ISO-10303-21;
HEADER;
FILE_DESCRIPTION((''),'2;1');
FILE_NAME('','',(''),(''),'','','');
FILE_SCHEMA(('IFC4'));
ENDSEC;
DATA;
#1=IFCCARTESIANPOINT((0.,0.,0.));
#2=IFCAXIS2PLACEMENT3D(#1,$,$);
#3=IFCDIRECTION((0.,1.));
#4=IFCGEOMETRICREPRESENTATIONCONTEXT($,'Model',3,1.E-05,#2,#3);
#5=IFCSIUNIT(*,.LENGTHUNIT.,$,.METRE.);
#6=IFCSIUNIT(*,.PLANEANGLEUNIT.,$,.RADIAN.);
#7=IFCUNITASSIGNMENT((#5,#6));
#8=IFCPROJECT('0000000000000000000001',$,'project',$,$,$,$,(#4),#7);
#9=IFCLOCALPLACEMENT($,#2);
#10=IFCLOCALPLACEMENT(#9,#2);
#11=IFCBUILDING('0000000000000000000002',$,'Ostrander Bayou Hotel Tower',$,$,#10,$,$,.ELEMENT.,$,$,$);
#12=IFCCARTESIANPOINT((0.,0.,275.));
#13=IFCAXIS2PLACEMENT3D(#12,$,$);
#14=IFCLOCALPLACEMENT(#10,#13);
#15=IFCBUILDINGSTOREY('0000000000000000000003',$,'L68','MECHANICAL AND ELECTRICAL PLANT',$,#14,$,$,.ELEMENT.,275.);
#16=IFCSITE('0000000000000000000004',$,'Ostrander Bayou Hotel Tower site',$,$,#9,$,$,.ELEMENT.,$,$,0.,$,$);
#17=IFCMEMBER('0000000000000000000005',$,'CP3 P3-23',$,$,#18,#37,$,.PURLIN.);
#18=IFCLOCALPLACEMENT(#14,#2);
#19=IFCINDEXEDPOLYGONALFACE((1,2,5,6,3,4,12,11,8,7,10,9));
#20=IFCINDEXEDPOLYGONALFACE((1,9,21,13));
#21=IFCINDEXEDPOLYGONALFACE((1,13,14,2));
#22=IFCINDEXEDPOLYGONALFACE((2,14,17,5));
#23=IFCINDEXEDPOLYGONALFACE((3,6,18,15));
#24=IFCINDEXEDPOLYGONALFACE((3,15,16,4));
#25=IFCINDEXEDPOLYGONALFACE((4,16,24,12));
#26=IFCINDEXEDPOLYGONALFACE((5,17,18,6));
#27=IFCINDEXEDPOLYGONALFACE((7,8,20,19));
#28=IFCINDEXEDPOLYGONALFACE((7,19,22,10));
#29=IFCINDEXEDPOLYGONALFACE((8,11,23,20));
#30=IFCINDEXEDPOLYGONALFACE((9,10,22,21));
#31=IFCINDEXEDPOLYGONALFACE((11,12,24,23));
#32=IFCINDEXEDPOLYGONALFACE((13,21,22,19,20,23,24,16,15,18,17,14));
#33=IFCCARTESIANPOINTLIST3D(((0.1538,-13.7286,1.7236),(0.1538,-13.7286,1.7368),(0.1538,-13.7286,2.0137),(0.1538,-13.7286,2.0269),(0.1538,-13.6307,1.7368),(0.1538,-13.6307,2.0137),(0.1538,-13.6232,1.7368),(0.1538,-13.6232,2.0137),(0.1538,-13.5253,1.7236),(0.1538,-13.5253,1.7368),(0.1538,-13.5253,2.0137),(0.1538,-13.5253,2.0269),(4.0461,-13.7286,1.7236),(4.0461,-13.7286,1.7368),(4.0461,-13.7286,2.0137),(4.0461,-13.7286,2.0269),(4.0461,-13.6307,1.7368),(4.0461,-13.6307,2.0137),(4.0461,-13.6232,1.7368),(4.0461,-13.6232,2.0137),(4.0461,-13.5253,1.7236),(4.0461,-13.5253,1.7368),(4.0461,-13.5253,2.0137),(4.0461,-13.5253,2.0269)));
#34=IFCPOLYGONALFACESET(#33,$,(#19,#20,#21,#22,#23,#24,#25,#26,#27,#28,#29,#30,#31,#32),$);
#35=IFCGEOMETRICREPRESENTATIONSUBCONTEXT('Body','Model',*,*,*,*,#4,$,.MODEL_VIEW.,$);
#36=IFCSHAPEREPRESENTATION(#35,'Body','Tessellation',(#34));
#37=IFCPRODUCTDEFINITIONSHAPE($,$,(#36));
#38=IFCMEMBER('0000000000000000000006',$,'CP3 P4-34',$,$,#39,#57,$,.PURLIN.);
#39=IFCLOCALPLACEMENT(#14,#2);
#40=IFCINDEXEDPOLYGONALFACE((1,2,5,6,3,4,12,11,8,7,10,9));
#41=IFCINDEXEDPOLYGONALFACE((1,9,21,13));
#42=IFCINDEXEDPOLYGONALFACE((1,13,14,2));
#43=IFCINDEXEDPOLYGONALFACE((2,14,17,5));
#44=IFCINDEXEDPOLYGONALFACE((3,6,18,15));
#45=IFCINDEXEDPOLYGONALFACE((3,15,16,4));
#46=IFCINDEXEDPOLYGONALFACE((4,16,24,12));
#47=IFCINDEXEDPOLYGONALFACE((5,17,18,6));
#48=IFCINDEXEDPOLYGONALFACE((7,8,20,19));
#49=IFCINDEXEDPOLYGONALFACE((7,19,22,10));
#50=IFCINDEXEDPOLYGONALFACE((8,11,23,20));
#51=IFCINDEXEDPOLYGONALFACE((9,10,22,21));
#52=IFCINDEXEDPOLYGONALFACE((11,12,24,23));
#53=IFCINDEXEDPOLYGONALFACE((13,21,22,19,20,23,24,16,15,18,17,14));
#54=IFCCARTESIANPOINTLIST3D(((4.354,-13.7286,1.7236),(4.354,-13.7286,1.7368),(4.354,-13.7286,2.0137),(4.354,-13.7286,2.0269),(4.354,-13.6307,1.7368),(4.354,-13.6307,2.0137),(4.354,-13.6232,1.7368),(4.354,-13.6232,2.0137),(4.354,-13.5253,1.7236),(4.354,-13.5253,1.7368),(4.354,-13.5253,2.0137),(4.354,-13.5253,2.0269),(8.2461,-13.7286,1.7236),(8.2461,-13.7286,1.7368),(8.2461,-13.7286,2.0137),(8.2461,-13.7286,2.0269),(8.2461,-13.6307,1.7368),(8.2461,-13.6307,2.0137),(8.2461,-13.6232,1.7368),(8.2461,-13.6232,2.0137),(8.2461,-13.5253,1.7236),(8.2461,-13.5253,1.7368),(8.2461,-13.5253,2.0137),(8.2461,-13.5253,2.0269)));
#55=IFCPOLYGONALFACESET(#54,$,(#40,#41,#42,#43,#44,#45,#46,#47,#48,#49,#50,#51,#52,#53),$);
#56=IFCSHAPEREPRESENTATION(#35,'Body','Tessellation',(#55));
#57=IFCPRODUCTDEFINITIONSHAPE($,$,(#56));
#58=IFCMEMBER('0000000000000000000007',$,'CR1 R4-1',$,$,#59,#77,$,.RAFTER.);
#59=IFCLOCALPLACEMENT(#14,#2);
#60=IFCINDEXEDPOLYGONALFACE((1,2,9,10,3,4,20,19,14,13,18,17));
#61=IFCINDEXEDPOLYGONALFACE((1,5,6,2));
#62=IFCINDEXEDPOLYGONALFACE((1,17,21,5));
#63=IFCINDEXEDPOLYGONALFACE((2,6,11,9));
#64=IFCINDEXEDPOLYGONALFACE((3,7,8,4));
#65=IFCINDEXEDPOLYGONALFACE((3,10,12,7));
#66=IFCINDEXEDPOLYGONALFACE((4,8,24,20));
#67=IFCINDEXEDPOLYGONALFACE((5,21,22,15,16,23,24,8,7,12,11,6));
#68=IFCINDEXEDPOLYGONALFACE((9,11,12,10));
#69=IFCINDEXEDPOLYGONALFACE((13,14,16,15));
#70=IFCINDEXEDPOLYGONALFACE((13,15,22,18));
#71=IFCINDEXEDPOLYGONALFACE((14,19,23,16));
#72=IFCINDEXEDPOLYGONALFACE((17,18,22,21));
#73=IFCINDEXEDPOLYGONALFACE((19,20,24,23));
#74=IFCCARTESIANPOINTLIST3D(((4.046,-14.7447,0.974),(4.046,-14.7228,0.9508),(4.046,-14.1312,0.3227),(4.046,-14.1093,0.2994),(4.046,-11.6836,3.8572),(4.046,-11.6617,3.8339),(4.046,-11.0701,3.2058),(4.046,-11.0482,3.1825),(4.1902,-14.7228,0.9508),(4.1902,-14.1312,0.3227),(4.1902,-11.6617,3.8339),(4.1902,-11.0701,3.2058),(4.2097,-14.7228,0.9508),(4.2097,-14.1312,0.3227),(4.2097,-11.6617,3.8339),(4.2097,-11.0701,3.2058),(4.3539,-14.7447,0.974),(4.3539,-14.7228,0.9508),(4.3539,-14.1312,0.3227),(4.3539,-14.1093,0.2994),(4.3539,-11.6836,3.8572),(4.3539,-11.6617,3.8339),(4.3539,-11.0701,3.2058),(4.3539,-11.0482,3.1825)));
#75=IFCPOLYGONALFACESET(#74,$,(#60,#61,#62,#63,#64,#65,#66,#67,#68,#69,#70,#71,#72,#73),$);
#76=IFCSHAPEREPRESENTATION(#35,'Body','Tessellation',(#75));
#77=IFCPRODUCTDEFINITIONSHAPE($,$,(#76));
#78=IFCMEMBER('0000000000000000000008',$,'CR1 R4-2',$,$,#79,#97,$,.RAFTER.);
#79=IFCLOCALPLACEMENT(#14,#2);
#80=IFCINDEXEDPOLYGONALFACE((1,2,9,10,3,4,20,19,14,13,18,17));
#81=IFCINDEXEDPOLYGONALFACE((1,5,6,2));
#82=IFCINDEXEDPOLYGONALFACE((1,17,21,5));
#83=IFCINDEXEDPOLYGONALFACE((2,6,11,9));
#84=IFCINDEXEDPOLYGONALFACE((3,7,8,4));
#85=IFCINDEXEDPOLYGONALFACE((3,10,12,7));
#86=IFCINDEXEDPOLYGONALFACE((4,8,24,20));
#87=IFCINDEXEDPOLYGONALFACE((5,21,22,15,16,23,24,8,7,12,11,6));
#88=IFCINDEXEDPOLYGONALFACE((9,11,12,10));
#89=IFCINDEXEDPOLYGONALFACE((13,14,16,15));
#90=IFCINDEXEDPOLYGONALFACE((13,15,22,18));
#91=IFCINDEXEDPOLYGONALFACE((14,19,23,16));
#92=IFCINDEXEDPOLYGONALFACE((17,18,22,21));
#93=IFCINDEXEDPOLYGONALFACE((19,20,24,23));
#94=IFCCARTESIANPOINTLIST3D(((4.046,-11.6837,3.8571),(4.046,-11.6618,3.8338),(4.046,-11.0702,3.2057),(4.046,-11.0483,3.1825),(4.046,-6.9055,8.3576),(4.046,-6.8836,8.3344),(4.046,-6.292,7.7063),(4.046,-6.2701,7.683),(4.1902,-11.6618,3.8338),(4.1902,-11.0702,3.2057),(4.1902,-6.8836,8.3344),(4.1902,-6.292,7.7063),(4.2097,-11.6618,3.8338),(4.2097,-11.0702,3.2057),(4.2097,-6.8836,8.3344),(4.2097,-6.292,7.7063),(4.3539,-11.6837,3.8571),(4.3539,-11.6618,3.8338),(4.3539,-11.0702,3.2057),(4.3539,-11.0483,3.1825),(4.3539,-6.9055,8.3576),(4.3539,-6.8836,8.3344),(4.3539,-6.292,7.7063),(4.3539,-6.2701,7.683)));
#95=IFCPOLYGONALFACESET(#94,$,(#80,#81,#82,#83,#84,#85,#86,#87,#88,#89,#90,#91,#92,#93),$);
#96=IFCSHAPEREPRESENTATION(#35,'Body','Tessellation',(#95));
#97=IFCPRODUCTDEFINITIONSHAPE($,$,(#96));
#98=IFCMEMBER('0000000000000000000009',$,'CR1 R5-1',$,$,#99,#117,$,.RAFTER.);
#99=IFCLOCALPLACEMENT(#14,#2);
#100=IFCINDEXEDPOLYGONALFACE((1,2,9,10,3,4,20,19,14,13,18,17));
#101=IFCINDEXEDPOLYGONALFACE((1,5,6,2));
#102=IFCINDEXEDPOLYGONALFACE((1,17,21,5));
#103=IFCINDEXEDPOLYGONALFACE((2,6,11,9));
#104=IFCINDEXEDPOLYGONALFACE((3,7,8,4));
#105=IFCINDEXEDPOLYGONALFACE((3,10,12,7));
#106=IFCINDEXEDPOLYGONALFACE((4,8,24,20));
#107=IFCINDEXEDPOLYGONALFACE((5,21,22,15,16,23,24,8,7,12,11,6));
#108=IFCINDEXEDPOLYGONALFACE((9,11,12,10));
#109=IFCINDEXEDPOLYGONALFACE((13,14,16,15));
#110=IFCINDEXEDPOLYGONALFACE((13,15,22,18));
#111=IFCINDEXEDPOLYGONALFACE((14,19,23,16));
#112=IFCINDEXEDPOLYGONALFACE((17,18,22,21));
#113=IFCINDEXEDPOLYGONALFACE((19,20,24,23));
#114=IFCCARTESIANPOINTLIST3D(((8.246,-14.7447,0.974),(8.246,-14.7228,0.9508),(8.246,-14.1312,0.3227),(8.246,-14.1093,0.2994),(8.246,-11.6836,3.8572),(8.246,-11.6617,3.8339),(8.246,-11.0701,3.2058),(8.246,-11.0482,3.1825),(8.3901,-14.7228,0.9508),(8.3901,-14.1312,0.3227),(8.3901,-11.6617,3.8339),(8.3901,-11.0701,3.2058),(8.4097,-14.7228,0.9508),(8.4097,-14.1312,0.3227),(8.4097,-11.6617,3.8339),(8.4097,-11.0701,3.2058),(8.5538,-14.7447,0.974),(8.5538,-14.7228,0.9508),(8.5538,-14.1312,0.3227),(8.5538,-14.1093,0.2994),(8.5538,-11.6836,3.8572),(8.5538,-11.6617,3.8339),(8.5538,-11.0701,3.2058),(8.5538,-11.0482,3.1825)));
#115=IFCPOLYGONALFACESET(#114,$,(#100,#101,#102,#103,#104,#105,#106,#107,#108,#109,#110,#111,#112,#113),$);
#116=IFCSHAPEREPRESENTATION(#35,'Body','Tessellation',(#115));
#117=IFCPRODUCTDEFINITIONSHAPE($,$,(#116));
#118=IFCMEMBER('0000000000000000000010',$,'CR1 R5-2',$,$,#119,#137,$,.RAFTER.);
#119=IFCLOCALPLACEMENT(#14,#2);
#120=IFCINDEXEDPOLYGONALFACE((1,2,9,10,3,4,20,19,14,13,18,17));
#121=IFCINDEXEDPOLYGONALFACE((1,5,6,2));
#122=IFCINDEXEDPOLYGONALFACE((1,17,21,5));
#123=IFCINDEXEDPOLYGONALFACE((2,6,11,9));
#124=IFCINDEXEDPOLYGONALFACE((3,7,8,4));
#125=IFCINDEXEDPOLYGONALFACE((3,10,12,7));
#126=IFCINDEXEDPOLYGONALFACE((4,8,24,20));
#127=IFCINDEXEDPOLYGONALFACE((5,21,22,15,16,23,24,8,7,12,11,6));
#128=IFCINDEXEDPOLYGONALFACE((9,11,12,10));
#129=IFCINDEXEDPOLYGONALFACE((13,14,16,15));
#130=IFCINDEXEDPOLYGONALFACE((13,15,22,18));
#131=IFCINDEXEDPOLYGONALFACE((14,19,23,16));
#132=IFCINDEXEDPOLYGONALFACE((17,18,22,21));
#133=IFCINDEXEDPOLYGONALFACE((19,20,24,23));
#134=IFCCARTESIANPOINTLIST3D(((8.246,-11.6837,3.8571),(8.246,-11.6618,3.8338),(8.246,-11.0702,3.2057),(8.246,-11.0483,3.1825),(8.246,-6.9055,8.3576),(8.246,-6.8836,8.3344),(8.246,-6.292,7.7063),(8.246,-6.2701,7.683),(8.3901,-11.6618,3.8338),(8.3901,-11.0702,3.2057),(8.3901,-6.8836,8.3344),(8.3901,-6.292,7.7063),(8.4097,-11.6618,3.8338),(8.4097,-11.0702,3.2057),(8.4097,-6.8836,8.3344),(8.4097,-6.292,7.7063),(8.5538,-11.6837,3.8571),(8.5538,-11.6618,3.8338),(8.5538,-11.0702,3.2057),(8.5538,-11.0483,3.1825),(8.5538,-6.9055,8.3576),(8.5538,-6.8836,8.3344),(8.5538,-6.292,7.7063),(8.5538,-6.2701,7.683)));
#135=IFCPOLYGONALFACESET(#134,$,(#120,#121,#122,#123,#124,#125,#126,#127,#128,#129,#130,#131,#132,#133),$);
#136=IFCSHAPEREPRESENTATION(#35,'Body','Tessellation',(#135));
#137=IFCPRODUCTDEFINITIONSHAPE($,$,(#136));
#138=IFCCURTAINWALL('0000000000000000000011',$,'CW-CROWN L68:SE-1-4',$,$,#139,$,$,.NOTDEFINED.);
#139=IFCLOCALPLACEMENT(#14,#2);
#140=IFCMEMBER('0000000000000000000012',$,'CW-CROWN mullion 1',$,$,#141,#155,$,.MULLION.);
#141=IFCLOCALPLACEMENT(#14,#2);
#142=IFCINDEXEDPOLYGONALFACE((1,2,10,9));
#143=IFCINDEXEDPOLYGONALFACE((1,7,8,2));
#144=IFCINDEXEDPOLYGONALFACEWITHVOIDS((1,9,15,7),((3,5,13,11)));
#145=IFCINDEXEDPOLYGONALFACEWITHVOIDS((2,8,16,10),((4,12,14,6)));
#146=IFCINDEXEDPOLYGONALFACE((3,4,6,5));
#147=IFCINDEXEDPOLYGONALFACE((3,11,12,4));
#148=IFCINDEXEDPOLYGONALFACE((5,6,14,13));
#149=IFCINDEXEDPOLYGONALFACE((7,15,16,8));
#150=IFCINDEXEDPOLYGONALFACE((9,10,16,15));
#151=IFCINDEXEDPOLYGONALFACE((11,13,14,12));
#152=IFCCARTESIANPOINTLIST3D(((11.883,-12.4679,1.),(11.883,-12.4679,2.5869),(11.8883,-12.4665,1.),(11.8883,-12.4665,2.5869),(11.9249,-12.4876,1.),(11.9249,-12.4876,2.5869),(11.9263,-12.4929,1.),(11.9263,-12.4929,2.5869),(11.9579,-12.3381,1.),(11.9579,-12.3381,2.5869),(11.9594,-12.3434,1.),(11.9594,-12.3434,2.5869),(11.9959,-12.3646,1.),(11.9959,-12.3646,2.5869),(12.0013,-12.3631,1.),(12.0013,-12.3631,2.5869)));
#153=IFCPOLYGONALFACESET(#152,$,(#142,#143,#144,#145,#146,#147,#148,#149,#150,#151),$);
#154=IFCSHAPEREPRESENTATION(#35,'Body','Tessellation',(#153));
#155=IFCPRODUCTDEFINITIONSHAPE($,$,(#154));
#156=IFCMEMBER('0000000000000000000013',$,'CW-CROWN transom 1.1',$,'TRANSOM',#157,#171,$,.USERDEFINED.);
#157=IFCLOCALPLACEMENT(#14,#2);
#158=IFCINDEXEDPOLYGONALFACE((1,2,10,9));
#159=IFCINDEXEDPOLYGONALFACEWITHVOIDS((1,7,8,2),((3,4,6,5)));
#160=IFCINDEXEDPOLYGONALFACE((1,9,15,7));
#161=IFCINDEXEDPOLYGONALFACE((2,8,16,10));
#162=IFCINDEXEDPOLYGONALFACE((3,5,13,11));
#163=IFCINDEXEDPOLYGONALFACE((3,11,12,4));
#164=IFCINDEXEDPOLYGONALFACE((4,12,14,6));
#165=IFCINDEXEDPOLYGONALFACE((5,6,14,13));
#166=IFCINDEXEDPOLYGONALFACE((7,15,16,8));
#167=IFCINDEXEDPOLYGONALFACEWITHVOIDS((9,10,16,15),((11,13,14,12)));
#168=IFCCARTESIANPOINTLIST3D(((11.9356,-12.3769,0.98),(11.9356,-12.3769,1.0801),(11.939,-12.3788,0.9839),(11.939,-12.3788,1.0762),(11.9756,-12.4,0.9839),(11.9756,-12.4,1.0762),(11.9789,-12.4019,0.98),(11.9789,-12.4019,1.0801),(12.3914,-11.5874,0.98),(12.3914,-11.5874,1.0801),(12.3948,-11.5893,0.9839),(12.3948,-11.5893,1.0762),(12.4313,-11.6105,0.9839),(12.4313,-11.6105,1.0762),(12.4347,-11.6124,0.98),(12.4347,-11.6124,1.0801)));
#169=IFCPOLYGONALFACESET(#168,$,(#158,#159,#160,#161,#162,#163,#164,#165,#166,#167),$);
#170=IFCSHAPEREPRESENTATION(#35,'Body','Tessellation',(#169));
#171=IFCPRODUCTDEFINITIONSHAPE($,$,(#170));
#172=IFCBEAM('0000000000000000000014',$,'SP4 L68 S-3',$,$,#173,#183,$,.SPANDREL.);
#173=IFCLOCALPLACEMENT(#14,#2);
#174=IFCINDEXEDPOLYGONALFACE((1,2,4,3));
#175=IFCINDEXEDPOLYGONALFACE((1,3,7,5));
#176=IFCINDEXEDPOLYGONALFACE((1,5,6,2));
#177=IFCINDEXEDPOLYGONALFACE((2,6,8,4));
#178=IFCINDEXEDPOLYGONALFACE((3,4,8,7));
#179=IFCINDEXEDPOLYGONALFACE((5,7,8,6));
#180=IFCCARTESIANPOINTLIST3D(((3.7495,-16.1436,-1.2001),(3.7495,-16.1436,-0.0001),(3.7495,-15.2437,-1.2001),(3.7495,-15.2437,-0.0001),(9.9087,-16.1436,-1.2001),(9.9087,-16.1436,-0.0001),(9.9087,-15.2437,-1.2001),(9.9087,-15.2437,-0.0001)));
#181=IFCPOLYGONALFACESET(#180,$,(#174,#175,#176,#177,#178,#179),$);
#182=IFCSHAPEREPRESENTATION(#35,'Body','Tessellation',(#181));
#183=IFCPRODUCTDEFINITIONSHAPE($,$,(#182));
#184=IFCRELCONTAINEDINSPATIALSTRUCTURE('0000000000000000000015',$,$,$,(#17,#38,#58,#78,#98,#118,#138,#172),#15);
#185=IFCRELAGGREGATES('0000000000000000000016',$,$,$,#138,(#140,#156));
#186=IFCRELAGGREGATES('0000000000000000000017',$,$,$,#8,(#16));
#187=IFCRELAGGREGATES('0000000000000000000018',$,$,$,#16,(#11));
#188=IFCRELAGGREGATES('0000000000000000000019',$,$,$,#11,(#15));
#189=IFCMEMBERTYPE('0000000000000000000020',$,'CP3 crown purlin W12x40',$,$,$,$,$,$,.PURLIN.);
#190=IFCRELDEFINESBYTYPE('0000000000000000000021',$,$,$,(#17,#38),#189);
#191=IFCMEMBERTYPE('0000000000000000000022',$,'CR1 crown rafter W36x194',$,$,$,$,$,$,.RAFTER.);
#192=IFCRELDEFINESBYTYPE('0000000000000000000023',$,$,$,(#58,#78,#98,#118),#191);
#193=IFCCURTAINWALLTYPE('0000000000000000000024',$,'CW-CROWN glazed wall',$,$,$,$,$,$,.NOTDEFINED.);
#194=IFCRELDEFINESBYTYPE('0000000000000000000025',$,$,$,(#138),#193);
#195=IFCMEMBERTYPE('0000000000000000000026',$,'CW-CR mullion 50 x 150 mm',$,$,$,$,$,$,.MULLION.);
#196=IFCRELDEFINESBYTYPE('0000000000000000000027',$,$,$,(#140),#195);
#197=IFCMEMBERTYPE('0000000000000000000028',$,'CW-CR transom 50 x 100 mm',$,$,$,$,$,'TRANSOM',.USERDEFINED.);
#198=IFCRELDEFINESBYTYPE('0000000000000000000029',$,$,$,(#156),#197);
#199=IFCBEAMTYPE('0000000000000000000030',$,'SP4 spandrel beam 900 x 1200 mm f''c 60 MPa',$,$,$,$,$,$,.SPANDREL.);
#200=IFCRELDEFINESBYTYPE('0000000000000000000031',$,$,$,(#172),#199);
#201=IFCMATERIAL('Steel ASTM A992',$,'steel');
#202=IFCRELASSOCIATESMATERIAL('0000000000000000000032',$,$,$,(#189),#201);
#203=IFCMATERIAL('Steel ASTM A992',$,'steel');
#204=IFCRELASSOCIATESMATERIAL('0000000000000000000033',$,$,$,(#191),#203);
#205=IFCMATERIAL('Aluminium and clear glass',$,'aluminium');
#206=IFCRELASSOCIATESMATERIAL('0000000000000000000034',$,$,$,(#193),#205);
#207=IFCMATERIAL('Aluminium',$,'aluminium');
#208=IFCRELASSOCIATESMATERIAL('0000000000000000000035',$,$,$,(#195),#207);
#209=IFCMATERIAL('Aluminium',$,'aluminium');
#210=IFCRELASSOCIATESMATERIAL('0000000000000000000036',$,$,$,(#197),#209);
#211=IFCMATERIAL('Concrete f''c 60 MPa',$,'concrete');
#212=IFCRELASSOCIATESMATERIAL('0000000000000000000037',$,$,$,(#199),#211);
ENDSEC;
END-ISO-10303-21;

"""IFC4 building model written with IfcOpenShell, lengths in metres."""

from ifc_helpers import new_model, si_unit, direction, frame, origin, origin_2d, place, context, subcontext, project, spatial, rectangle, hollow_rectangle, i_section, extrude, material, material_profile, profile_set, type_object, element, aggregate, save


model = new_model("IFC4")

# Units and contexts
model_context = context("Model", 3, precision=1e-05, world=origin(), true_north=direction((0.0, 1.0)))
body_context = subcontext(model_context, "Body", "Model", "MODEL_VIEW")
ifc_project = project(units=[si_unit("LENGTHUNIT", "METRE"), si_unit("PLANEANGLEUNIT", "RADIAN")], contexts=[model_context])

# Site, building, storey
site_placement = place(None, origin())
site = spatial("IfcSite", under=ifc_project, at=site_placement, Name="Ostrander Bayou Hotel Tower site", CompositionType="ELEMENT", RefElevation=0.0)
building_placement = place(site_placement, origin())
building = spatial("IfcBuilding", under=site, at=building_placement, Name="Ostrander Bayou Hotel Tower", CompositionType="ELEMENT")
storey_placement = place(building_placement, frame((0.0, 0.0, 275.0)))
storey = spatial("IfcBuildingStorey", under=building, at=storey_placement, Name="L68", Description="MECHANICAL AND ELECTRICAL PLANT", CompositionType="ELEMENT", Elevation=275.0)

# Members
ifc_material_1 = material(Name="Steel ASTM A992", Category="steel")
ifc_material_profile_1 = material_profile(ifc_material_1, i_section(OverallWidth=0.2034, OverallDepth=0.3032, WebThickness=0.0076, FlangeThickness=0.0132, at=origin_2d()))
ifc_profile_set_1 = profile_set([ifc_material_profile_1], Name="Steel ASTM A992")
member_type_1 = type_object("IfcMemberType", Name="CP3 crown purlin W12x40", PredefinedType="PURLIN", material=ifc_profile_set_1)
member_1_placement = place(storey_placement, frame((0.1538, -13.627, 1.8752), z_axis=(1.0, 0.0, 0.0), x_axis=(0.0, 1.0, 0.0)))
element("IfcMember", 1, at=member_1_placement, inside=storey, type_object=member_type_1, Name="CP3 P3-23", PredefinedType="PURLIN", context=body_context, shape_type="SweptSolid", body=[
    extrude(i_section(OverallWidth=0.2034, OverallDepth=0.3032, WebThickness=0.0076, FlangeThickness=0.0132, at=origin_2d()), origin(), (0.0, 0.0, 1.0), 3.8923),
])
member_2_placement = place(storey_placement, frame((4.354, -13.627, 1.8752), z_axis=(1.0, 0.0, 0.0), x_axis=(0.0, 1.0, 0.0)))
element("IfcMember", 2, at=member_2_placement, inside=storey, type_object=member_type_1, Name="CP3 P4-34", PredefinedType="PURLIN", context=body_context, shape_type="SweptSolid", body=[
    extrude(i_section(OverallWidth=0.2034, OverallDepth=0.3032, WebThickness=0.0076, FlangeThickness=0.0132, at=origin_2d()), origin(), (0.0, 0.0, 1.0), 3.8921),
])
ifc_material_2 = material(Name="Steel ASTM A992", Category="steel")
ifc_material_profile_2 = material_profile(ifc_material_2, i_section(OverallWidth=0.3079, OverallDepth=0.9268, WebThickness=0.0195, FlangeThickness=0.032, at=origin_2d()))
ifc_profile_set_2 = profile_set([ifc_material_profile_2], Name="Steel ASTM A992")
member_type_2 = type_object("IfcMemberType", Name="CR1 crown rafter W36x194", PredefinedType="RAFTER", material=ifc_profile_set_2)
member_3_placement = place(storey_placement, frame((4.2, -14.427, 0.6367), z_axis=(0.0, 0.727953, 0.685627), x_axis=(-1.0, 0.0, 0.0)))
element("IfcMember", 3, at=member_3_placement, inside=storey, type_object=member_type_2, Name="CR1 R4-1", PredefinedType="RAFTER", context=body_context, shape_type="SweptSolid", body=[
    extrude(i_section(OverallWidth=0.3079, OverallDepth=0.9268, WebThickness=0.0195, FlangeThickness=0.032, at=origin_2d()), origin(), (0.0, 0.0, 1.0), 4.2051),
])
member_4_placement = place(storey_placement, frame((4.2, -11.366, 3.5198), z_axis=(0.0, 0.727936, 0.685645), x_axis=(-1.0, 0.0, 0.0)))
element("IfcMember", 4, at=member_4_placement, inside=storey, type_object=member_type_2, Name="CR1 R4-2", PredefinedType="RAFTER", context=body_context, shape_type="SweptSolid", body=[
    extrude(i_section(OverallWidth=0.3079, OverallDepth=0.9268, WebThickness=0.0195, FlangeThickness=0.032, at=origin_2d()), origin(), (0.0, 0.0, 1.0), 6.564),
])
member_5_placement = place(storey_placement, frame((8.3999, -14.427, 0.6367), z_axis=(0.0, 0.727953, 0.685627), x_axis=(-1.0, 0.0, 0.0)))
element("IfcMember", 5, at=member_5_placement, inside=storey, type_object=member_type_2, Name="CR1 R5-1", PredefinedType="RAFTER", context=body_context, shape_type="SweptSolid", body=[
    extrude(i_section(OverallWidth=0.3079, OverallDepth=0.9268, WebThickness=0.0195, FlangeThickness=0.032, at=origin_2d()), origin(), (0.0, 0.0, 1.0), 4.2051),
])
member_6_placement = place(storey_placement, frame((8.3999, -11.366, 3.5198), z_axis=(0.0, 0.727936, 0.685645), x_axis=(-1.0, 0.0, 0.0)))
element("IfcMember", 6, at=member_6_placement, inside=storey, type_object=member_type_2, Name="CR1 R5-2", PredefinedType="RAFTER", context=body_context, shape_type="SweptSolid", body=[
    extrude(i_section(OverallWidth=0.3079, OverallDepth=0.9268, WebThickness=0.0195, FlangeThickness=0.032, at=origin_2d()), origin(), (0.0, 0.0, 1.0), 6.564),
])

# Curtain wall, members
ifc_material_3 = material(Name="Aluminium and clear glass", Category="aluminium")
curtain_wall_type = type_object("IfcCurtainWallType", Name="CW-CROWN glazed wall", PredefinedType="NOTDEFINED", material=ifc_material_3)
curtain_wall_placement = place(storey_placement, origin())
curtain_wall = element("IfcCurtainWall", 7, at=curtain_wall_placement, inside=storey, type_object=curtain_wall_type, Name="CW-CROWN L68:SE-1-4", PredefinedType="NOTDEFINED")
ifc_material_4 = material(Name="Aluminium", Category="aluminium")
ifc_material_profile_3 = material_profile(ifc_material_4, hollow_rectangle(XDim=0.05, YDim=0.1499, WallThickness=0.0039, at=origin_2d()))
ifc_profile_set_3 = profile_set([ifc_material_profile_3], Name="Aluminium")
member_type_3 = type_object("IfcMemberType", Name="CW-CR mullion 50 x 150 mm", PredefinedType="MULLION", material=ifc_profile_set_3)
member_7_placement = place(storey_placement, frame((11.9421, -12.4155, 1.0), z_axis=(0.0, 0.0, 1.0), x_axis=(-0.866027, 0.499997, 0.0)))
member_7 = element("IfcMember", 8, at=member_7_placement, type_object=member_type_3, Name="CW-CROWN mullion 1", PredefinedType="MULLION", context=body_context, shape_type="SweptSolid", body=[
    extrude(hollow_rectangle(XDim=0.05, YDim=0.1499, WallThickness=0.0039, at=origin_2d()), origin(), (0.0, 0.0, 1.0), 1.5869),
])
ifc_material_5 = material(Name="Aluminium", Category="aluminium")
ifc_material_profile_4 = material_profile(ifc_material_5, hollow_rectangle(XDim=0.05, YDim=0.1001, WallThickness=0.0039, at=origin_2d()))
ifc_profile_set_4 = profile_set([ifc_material_profile_4], Name="Aluminium")
member_type_4 = type_object("IfcMemberType", Name="CW-CR transom 50 x 100 mm", ElementType="TRANSOM", PredefinedType="USERDEFINED", material=ifc_profile_set_4)
member_8_placement = place(storey_placement, frame((11.9573, -12.3894, 1.03), z_axis=(0.49997, 0.866043, 0.0), x_axis=(-0.866043, 0.49997, 0.0)))
member_8 = element("IfcMember", 9, at=member_8_placement, type_object=member_type_4, Name="CW-CROWN transom 1.1", ObjectType="TRANSOM", PredefinedType="USERDEFINED", context=body_context, shape_type="SweptSolid", body=[
    extrude(hollow_rectangle(XDim=0.05, YDim=0.1001, WallThickness=0.0039, at=origin_2d()), origin(), (0.0, 0.0, 1.0), 0.9116),
])
aggregate(curtain_wall, [member_7, member_8])

# Beam
ifc_material_6 = material(Name="Concrete f'c 60 MPa", Category="concrete")
ifc_material_profile_5 = material_profile(ifc_material_6, rectangle(XDim=0.8999, YDim=1.2, at=origin_2d()))
ifc_profile_set_5 = profile_set([ifc_material_profile_5], Name="Concrete f'c 60 MPa")
beam_type = type_object("IfcBeamType", Name="SP4 spandrel beam 900 x 1200 mm f'c 60 MPa", PredefinedType="SPANDREL", material=ifc_profile_set_5)
beam_1_placement = place(storey_placement, frame((3.7495, -15.6936, -0.6001), z_axis=(1.0, 0.0, 0.0), x_axis=(0.0, 1.0, 0.0)))
element("IfcBeam", 10, at=beam_1_placement, inside=storey, type_object=beam_type, Name="SP4 L68 S-3", PredefinedType="SPANDREL", context=body_context, shape_type="SweptSolid", body=[
    extrude(rectangle(XDim=0.8999, YDim=1.2, at=origin_2d()), origin(), (0.0, 0.0, 1.0), 6.1592),
])

save(model, "model.ifc")
